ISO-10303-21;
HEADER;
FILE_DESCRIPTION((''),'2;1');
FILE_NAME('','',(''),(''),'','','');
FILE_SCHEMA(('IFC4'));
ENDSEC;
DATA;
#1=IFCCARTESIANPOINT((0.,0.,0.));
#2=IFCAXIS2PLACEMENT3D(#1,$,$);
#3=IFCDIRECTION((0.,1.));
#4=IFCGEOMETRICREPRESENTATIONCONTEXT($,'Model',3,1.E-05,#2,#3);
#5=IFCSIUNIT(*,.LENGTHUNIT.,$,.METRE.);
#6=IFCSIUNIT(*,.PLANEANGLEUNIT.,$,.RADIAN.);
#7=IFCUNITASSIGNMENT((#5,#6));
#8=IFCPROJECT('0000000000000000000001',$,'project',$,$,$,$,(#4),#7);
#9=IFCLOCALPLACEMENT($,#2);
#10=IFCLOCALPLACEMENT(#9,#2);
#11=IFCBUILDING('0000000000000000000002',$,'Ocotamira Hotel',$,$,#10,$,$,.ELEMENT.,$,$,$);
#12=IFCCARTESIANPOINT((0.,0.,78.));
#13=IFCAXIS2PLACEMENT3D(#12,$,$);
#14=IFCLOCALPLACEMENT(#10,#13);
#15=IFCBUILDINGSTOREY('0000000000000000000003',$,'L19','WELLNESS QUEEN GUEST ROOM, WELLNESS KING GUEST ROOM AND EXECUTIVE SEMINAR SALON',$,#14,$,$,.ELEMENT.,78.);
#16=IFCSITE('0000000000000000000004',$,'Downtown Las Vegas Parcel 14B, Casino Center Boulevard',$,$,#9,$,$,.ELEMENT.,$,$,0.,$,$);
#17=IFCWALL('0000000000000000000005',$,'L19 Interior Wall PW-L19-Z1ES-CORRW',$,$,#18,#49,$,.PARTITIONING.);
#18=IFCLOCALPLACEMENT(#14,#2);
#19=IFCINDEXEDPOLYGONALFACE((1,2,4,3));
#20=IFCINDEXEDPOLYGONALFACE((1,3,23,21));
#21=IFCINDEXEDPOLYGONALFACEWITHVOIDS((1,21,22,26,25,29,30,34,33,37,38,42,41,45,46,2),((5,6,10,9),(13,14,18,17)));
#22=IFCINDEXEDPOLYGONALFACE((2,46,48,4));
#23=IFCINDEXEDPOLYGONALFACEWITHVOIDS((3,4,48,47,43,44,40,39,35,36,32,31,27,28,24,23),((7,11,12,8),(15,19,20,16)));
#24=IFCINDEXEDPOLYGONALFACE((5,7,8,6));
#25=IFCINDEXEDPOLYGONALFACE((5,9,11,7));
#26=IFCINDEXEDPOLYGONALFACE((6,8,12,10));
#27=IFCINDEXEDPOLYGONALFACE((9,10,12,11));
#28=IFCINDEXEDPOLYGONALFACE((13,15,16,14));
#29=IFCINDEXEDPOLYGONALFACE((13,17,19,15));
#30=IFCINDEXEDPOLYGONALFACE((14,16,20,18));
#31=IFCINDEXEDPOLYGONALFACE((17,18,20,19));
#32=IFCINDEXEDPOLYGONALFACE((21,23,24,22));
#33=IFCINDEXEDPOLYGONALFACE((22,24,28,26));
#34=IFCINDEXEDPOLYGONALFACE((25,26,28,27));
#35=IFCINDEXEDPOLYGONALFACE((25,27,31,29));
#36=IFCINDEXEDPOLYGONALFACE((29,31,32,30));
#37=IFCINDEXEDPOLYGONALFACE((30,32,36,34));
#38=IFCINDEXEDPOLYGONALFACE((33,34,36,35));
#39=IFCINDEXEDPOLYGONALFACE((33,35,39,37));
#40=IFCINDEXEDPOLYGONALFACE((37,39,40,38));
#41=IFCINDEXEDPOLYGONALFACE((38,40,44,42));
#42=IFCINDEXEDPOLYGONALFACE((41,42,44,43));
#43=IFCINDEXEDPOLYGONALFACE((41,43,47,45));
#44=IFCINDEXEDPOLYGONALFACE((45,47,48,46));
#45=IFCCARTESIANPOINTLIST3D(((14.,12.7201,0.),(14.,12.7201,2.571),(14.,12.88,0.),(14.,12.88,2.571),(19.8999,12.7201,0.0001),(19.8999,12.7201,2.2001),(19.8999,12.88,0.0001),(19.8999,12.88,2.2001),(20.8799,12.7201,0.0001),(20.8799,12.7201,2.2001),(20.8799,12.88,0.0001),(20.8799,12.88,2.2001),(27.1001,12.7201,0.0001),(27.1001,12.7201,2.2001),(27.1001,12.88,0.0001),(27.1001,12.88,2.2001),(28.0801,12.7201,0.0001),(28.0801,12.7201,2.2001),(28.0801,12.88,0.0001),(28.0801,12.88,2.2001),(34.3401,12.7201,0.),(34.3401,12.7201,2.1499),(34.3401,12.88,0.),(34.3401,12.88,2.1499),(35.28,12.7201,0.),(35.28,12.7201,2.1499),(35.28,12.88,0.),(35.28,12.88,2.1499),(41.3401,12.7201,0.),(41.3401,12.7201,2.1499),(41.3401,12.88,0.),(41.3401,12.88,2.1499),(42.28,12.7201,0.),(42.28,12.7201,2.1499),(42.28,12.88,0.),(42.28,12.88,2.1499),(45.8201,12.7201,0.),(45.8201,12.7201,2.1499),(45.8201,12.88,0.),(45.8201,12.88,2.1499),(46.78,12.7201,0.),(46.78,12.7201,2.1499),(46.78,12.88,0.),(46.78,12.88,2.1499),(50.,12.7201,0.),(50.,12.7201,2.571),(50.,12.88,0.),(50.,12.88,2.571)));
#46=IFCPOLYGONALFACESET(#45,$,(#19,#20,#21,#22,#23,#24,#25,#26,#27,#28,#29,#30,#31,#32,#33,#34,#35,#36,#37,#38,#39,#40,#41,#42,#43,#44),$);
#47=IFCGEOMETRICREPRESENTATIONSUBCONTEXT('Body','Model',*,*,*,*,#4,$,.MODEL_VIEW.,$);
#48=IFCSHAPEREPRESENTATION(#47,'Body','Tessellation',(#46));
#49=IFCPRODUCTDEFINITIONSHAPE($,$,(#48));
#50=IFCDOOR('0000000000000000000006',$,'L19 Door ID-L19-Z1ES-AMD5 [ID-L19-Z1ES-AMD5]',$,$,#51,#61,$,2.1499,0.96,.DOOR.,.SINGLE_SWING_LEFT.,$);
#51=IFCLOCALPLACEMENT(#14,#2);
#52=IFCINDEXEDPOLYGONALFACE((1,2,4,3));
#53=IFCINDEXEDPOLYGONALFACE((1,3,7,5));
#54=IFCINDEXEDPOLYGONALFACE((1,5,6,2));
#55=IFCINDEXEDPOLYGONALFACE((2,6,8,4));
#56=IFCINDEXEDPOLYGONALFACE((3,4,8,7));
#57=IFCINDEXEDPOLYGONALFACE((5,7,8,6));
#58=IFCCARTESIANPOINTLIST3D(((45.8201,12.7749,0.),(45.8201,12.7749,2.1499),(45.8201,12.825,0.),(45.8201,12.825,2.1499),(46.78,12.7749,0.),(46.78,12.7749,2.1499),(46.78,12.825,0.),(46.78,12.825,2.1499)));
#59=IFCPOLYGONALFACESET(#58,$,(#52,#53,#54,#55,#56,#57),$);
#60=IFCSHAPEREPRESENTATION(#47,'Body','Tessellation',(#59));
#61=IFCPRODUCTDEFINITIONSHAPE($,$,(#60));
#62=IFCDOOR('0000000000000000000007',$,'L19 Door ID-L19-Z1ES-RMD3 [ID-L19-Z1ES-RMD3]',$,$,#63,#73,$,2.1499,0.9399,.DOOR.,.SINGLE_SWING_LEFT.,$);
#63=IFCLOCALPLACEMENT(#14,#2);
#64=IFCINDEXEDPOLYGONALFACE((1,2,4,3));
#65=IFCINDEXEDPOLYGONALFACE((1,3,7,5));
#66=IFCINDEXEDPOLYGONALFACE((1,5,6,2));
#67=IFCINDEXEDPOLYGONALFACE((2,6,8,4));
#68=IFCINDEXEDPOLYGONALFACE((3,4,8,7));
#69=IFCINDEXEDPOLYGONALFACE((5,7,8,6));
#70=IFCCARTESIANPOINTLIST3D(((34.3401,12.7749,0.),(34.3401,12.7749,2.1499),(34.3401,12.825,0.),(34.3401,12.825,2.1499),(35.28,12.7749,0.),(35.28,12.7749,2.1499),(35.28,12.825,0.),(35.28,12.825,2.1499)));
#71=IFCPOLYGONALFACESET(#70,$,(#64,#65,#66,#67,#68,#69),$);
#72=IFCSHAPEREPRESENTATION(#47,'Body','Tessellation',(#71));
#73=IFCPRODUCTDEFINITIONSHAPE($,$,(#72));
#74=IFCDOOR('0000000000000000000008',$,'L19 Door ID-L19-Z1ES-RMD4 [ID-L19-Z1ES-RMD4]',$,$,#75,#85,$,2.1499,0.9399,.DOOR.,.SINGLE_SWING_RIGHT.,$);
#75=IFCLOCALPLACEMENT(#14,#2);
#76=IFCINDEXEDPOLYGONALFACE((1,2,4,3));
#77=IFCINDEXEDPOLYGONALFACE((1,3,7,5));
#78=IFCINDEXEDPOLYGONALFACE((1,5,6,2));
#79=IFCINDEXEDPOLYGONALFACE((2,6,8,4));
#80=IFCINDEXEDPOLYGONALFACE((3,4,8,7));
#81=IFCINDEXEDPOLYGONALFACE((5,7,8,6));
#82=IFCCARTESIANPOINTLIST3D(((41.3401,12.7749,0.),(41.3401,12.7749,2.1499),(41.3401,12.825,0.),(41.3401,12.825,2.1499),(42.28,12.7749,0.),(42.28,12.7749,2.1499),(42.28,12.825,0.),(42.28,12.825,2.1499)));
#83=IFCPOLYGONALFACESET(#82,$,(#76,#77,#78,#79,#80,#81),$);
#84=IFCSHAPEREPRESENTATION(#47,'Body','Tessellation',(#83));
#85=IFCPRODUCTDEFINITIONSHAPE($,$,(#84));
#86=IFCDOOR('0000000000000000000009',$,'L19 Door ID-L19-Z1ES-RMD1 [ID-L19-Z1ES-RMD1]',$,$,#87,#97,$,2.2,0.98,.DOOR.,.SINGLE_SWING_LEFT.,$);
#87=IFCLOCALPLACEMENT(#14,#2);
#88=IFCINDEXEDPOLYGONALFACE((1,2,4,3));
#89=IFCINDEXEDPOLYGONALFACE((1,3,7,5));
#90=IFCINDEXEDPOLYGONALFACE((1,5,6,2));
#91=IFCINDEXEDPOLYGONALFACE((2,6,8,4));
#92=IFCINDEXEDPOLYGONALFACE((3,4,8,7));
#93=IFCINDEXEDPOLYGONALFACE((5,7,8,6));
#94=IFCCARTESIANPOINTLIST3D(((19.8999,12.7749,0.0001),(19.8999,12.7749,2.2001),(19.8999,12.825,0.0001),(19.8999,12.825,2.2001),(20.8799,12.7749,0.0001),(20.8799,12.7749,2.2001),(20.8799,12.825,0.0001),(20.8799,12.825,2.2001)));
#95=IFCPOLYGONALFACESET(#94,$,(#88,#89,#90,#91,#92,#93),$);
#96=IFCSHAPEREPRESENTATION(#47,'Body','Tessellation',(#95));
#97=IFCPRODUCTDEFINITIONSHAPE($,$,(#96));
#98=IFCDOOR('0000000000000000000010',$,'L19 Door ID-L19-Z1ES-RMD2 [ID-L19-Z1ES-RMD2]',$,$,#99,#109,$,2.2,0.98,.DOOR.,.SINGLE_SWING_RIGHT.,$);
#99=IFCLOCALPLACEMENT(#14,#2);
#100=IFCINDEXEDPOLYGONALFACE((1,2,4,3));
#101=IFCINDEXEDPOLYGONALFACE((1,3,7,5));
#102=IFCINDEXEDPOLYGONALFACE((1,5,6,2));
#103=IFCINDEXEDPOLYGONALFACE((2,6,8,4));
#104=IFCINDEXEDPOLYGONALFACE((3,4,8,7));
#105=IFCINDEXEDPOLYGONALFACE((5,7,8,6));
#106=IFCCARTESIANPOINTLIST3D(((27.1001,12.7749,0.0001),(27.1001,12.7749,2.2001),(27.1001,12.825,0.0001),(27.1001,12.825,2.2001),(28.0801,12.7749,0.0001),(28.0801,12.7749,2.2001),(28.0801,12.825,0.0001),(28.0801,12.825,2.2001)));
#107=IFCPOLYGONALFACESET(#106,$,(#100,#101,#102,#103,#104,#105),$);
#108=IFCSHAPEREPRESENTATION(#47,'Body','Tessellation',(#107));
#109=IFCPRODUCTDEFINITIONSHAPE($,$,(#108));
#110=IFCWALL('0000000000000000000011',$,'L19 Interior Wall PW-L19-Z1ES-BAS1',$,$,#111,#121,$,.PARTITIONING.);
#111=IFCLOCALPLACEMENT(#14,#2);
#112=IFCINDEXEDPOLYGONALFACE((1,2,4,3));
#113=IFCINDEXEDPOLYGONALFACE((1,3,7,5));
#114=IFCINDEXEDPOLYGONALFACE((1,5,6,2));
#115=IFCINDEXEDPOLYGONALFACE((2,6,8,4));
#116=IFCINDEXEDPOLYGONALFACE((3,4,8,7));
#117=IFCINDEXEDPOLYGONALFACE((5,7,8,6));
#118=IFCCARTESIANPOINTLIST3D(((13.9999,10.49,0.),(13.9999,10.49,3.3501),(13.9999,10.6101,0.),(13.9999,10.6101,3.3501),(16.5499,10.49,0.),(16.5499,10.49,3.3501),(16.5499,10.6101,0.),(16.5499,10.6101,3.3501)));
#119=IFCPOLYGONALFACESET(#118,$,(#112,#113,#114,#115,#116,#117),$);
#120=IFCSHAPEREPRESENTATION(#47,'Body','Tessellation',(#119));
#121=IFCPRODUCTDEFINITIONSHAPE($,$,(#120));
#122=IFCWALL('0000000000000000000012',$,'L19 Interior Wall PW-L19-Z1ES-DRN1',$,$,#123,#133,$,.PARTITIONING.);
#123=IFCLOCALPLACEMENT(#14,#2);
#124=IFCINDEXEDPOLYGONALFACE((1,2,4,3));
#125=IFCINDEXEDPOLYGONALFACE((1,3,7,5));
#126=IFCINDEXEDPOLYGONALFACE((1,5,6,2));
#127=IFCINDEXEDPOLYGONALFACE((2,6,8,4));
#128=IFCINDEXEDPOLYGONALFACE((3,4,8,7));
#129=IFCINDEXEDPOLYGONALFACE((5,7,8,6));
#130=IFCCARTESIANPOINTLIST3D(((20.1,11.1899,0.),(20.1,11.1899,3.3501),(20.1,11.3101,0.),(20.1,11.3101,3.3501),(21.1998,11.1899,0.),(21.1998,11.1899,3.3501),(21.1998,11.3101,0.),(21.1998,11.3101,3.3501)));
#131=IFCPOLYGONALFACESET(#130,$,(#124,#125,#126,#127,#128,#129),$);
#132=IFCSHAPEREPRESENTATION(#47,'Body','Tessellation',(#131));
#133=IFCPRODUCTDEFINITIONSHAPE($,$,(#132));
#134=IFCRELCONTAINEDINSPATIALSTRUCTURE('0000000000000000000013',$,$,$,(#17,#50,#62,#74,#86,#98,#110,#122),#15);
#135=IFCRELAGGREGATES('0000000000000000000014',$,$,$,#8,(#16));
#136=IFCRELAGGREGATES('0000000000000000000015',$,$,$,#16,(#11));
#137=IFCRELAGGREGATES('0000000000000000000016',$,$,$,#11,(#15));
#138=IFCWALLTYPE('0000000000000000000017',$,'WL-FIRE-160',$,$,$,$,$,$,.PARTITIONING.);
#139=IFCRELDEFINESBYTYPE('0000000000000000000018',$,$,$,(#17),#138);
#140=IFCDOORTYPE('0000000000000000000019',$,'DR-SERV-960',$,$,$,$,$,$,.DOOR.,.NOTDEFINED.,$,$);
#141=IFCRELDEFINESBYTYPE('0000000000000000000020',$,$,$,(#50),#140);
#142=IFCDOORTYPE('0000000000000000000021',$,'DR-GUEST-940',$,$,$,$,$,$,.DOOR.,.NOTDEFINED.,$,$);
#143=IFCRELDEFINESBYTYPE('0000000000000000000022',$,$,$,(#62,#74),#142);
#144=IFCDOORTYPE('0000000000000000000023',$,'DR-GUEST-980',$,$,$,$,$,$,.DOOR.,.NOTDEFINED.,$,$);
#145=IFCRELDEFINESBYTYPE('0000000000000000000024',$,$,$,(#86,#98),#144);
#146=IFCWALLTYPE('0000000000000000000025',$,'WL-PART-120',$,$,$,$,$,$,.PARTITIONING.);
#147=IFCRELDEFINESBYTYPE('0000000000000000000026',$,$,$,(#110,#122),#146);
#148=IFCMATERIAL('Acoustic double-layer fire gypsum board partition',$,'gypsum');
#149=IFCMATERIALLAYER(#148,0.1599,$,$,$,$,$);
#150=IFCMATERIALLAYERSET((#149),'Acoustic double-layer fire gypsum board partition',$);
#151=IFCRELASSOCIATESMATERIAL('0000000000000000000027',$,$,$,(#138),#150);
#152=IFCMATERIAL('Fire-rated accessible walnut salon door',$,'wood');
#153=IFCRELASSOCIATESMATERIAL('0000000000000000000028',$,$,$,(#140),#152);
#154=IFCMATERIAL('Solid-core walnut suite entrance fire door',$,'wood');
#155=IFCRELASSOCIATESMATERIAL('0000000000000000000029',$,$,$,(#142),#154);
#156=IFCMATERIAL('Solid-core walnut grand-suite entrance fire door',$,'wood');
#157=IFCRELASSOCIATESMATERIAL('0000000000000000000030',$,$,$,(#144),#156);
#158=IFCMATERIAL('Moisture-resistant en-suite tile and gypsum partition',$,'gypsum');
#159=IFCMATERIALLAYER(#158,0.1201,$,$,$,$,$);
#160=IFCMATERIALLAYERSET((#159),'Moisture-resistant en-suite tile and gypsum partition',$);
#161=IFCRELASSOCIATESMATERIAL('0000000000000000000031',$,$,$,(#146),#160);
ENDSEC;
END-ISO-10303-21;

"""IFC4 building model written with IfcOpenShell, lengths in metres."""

from ifc_helpers import new_model, si_unit, direction, frame, frame_2d, origin, place, context, subcontext, project, spatial, rectangle, extrude, source, transform, mapped, material, layer, layer_set, type_object, element, fill, save


model = new_model("IFC4")

# Units and contexts
model_context = context("Model", 3, precision=1e-05, world=origin(), true_north=direction((0.0, 1.0)))
body_context = subcontext(model_context, "Body", "Model", "MODEL_VIEW")
ifc_project = project(units=[si_unit("LENGTHUNIT", "METRE"), si_unit("PLANEANGLEUNIT", "RADIAN")], contexts=[model_context])

# Site, building, storey
site_placement = place(None, origin())
site = spatial("IfcSite", under=ifc_project, at=site_placement, Name="Downtown Las Vegas Parcel 14B, Casino Center Boulevard", CompositionType="ELEMENT", RefElevation=0.0)
building_placement = place(site_placement, origin())
building = spatial("IfcBuilding", under=site, at=building_placement, Name="Ocotamira Hotel", CompositionType="ELEMENT")
storey_placement = place(building_placement, frame((0.0, 0.0, 78.0)))
storey = spatial("IfcBuildingStorey", under=building, at=storey_placement, Name="L19", Description="WELLNESS QUEEN GUEST ROOM, WELLNESS KING GUEST ROOM AND EXECUTIVE SEMINAR SALON", CompositionType="ELEMENT", Elevation=78.0)

# Wall, openings, doors
ifc_material_1 = material(Name="Acoustic double-layer fire gypsum board partition", Category="gypsum")
ifc_layer_1 = layer(ifc_material_1, 0.1599)
ifc_layer_set_1 = layer_set([ifc_layer_1], Name="Acoustic double-layer fire gypsum board partition")
wall_type_1 = type_object("IfcWallType", Name="WL-FIRE-160", PredefinedType="PARTITIONING", material=ifc_layer_set_1)
wall_1_placement = place(storey_placement, frame((14.0, 12.8, 0.0), z_axis=(0.0, 0.0, 1.0), x_axis=(1.0, 0.0, 0.0)))
wall_1 = element("IfcWall", 1, at=wall_1_placement, inside=storey, type_object=wall_type_1, Name="L19 Interior Wall PW-L19-Z1ES-CORRW", PredefinedType="PARTITIONING", context=body_context, shape_type="SweptSolid", body=[
    extrude(rectangle(XDim=36.0, YDim=0.1599, at=frame_2d((18.0, 0.0))), origin(), (0.0, 0.0, 1.0), 2.571),
])
opening_1_placement = place(wall_1_placement, frame((5.8999, 0.0, 0.0)))
opening_1 = element("IfcOpeningElement", 2, at=opening_1_placement, cuts=wall_1, PredefinedType="OPENING", context=body_context, shape_type="SweptSolid", body=[
    extrude(rectangle(XDim=0.98, YDim=2.2, at=frame_2d((0.49, 1.1001))), frame((0.0, 0.0898, 0.0), z_axis=(0.0, -1.0, 0.0), x_axis=(1.0, 0.0, 0.0)), (0.0, 0.0, 1.0), 0.1799),
])
opening_2_placement = place(wall_1_placement, frame((13.1001, 0.0, 0.0)))
opening_2 = element("IfcOpeningElement", 3, at=opening_2_placement, cuts=wall_1, PredefinedType="OPENING", context=body_context, shape_type="SweptSolid", body=[
    extrude(rectangle(XDim=0.98, YDim=2.2, at=frame_2d((0.49, 1.1001))), frame((0.0, 0.0898, 0.0), z_axis=(0.0, -1.0, 0.0), x_axis=(1.0, 0.0, 0.0)), (0.0, 0.0, 1.0), 0.1799),
])
opening_3_placement = place(wall_1_placement, frame((20.3401, 0.0, 0.0)))
opening_3 = element("IfcOpeningElement", 4, at=opening_3_placement, cuts=wall_1, PredefinedType="OPENING", context=body_context, shape_type="SweptSolid", body=[
    extrude(rectangle(XDim=0.9399, YDim=2.1499, at=frame_2d((0.47, 1.075))), frame((0.0, 0.0898, 0.0), z_axis=(0.0, -1.0, 0.0), x_axis=(1.0, 0.0, 0.0)), (0.0, 0.0, 1.0), 0.1799),
])
opening_4_placement = place(wall_1_placement, frame((27.3401, 0.0, 0.0)))
opening_4 = element("IfcOpeningElement", 5, at=opening_4_placement, cuts=wall_1, PredefinedType="OPENING", context=body_context, shape_type="SweptSolid", body=[
    extrude(rectangle(XDim=0.9399, YDim=2.1499, at=frame_2d((0.47, 1.075))), frame((0.0, 0.0898, 0.0), z_axis=(0.0, -1.0, 0.0), x_axis=(1.0, 0.0, 0.0)), (0.0, 0.0, 1.0), 0.1799),
])
opening_5_placement = place(wall_1_placement, frame((31.8201, 0.0, 0.0)))
opening_5 = element("IfcOpeningElement", 6, at=opening_5_placement, cuts=wall_1, PredefinedType="OPENING", context=body_context, shape_type="SweptSolid", body=[
    extrude(rectangle(XDim=0.96, YDim=2.1499, at=frame_2d((0.48, 1.075))), frame((0.0, 0.0898, 0.0), z_axis=(0.0, -1.0, 0.0), x_axis=(1.0, 0.0, 0.0)), (0.0, 0.0, 1.0), 0.1799),
])
ifc_material_2 = material(Name="Fire-rated accessible walnut salon door", Category="wood")
door_type_1 = type_object("IfcDoorType", Name="DR-SERV-960", OperationType="NOTDEFINED", PredefinedType="DOOR", material=ifc_material_2)
shared_shape_1 = source(origin(), body_context, "Body", "SweptSolid", [
    extrude(rectangle(XDim=0.96, YDim=2.1499, at=frame_2d((0.48, 1.075))), frame((0.0, 0.0249, 0.0), z_axis=(0.0, -1.0, 0.0), x_axis=(1.0, 0.0, 0.0)), (0.0, 0.0, 1.0), 0.05),
])
door_1_placement = place(opening_5_placement, origin())
door_1 = element("IfcDoor", 7, at=door_1_placement, inside=storey, type_object=door_type_1, Name="L19 Door ID-L19-Z1ES-AMD5 [ID-L19-Z1ES-AMD5]", OperationType="SINGLE_SWING_LEFT", OverallHeight=2.1499, OverallWidth=0.96, PredefinedType="DOOR", context=body_context, shape_type="MappedRepresentation", body=[
    mapped(shared_shape_1, transform((0.0, 0.0, 0.0), scale=1.0)),
])
fill(opening_5, door_1)
ifc_material_3 = material(Name="Solid-core walnut suite entrance fire door", Category="wood")
door_type_2 = type_object("IfcDoorType", Name="DR-GUEST-940", OperationType="NOTDEFINED", PredefinedType="DOOR", material=ifc_material_3)
shared_shape_2 = source(origin(), body_context, "Body", "SweptSolid", [
    extrude(rectangle(XDim=0.9399, YDim=2.1499, at=frame_2d((0.47, 1.075))), frame((0.0, 0.0249, 0.0), z_axis=(0.0, -1.0, 0.0), x_axis=(1.0, 0.0, 0.0)), (0.0, 0.0, 1.0), 0.05),
])
door_2_placement = place(opening_3_placement, origin())
door_2 = element("IfcDoor", 8, at=door_2_placement, inside=storey, type_object=door_type_2, Name="L19 Door ID-L19-Z1ES-RMD3 [ID-L19-Z1ES-RMD3]", OperationType="SINGLE_SWING_LEFT", OverallHeight=2.1499, OverallWidth=0.9399, PredefinedType="DOOR", context=body_context, shape_type="MappedRepresentation", body=[
    mapped(shared_shape_2, transform((0.0, 0.0, 0.0), scale=1.0)),
])
fill(opening_3, door_2)
door_3_placement = place(opening_4_placement, origin())
door_3 = element("IfcDoor", 9, at=door_3_placement, inside=storey, type_object=door_type_2, Name="L19 Door ID-L19-Z1ES-RMD4 [ID-L19-Z1ES-RMD4]", OperationType="SINGLE_SWING_RIGHT", OverallHeight=2.1499, OverallWidth=0.9399, PredefinedType="DOOR", context=body_context, shape_type="MappedRepresentation", body=[
    mapped(shared_shape_2, transform((0.0, 0.0, 0.0), scale=1.0)),
])
fill(opening_4, door_3)
ifc_material_4 = material(Name="Solid-core walnut grand-suite entrance fire door", Category="wood")
door_type_3 = type_object("IfcDoorType", Name="DR-GUEST-980", OperationType="NOTDEFINED", PredefinedType="DOOR", material=ifc_material_4)
shared_shape_3 = source(origin(), body_context, "Body", "SweptSolid", [
    extrude(rectangle(XDim=0.98, YDim=2.2, at=frame_2d((0.49, 1.1001))), frame((0.0, 0.0249, 0.0), z_axis=(0.0, -1.0, 0.0), x_axis=(1.0, 0.0, 0.0)), (0.0, 0.0, 1.0), 0.05),
])
door_4_placement = place(opening_1_placement, origin())
door_4 = element("IfcDoor", 10, at=door_4_placement, inside=storey, type_object=door_type_3, Name="L19 Door ID-L19-Z1ES-RMD1 [ID-L19-Z1ES-RMD1]", OperationType="SINGLE_SWING_LEFT", OverallHeight=2.2, OverallWidth=0.98, PredefinedType="DOOR", context=body_context, shape_type="MappedRepresentation", body=[
    mapped(shared_shape_3, transform((0.0, 0.0, 0.0), scale=1.0)),
])
fill(opening_1, door_4)
door_5_placement = place(opening_2_placement, origin())
door_5 = element("IfcDoor", 11, at=door_5_placement, inside=storey, type_object=door_type_3, Name="L19 Door ID-L19-Z1ES-RMD2 [ID-L19-Z1ES-RMD2]", OperationType="SINGLE_SWING_RIGHT", OverallHeight=2.2, OverallWidth=0.98, PredefinedType="DOOR", context=body_context, shape_type="MappedRepresentation", body=[
    mapped(shared_shape_3, transform((0.0, 0.0, 0.0), scale=1.0)),
])
fill(opening_2, door_5)

# Shared definitions
ifc_material_5 = material(Name="Moisture-resistant en-suite tile and gypsum partition", Category="gypsum")
ifc_layer_2 = layer(ifc_material_5, 0.1201)
ifc_layer_set_2 = layer_set([ifc_layer_2], Name="Moisture-resistant en-suite tile and gypsum partition")
wall_type_2 = type_object("IfcWallType", Name="WL-PART-120", PredefinedType="PARTITIONING", material=ifc_layer_set_2)

# Walls
wall_2_placement = place(storey_placement, frame((14.0, 10.55, 0.0), z_axis=(0.0, 0.0, 1.0), x_axis=(1.0, 0.0, 0.0)))
element("IfcWall", 12, at=wall_2_placement, inside=storey, type_object=wall_type_2, Name="L19 Interior Wall PW-L19-Z1ES-BAS1", PredefinedType="PARTITIONING", context=body_context, shape_type="SweptSolid", body=[
    extrude(rectangle(XDim=2.55, YDim=0.1201, at=frame_2d((1.2749, 0.0))), origin(), (0.0, 0.0, 1.0), 3.3501),
])
wall_3_placement = place(storey_placement, frame((20.1001, 11.25, 0.0), z_axis=(0.0, 0.0, 1.0), x_axis=(1.0, 0.0, 0.0)))
element("IfcWall", 13, at=wall_3_placement, inside=storey, type_object=wall_type_2, Name="L19 Interior Wall PW-L19-Z1ES-DRN1", PredefinedType="PARTITIONING", context=body_context, shape_type="SweptSolid", body=[
    extrude(rectangle(XDim=1.0999, YDim=0.1201, at=frame_2d((0.5498, 0.0))), origin(), (0.0, 0.0, 1.0), 3.3501),
])

save(model, "model.ifc")
